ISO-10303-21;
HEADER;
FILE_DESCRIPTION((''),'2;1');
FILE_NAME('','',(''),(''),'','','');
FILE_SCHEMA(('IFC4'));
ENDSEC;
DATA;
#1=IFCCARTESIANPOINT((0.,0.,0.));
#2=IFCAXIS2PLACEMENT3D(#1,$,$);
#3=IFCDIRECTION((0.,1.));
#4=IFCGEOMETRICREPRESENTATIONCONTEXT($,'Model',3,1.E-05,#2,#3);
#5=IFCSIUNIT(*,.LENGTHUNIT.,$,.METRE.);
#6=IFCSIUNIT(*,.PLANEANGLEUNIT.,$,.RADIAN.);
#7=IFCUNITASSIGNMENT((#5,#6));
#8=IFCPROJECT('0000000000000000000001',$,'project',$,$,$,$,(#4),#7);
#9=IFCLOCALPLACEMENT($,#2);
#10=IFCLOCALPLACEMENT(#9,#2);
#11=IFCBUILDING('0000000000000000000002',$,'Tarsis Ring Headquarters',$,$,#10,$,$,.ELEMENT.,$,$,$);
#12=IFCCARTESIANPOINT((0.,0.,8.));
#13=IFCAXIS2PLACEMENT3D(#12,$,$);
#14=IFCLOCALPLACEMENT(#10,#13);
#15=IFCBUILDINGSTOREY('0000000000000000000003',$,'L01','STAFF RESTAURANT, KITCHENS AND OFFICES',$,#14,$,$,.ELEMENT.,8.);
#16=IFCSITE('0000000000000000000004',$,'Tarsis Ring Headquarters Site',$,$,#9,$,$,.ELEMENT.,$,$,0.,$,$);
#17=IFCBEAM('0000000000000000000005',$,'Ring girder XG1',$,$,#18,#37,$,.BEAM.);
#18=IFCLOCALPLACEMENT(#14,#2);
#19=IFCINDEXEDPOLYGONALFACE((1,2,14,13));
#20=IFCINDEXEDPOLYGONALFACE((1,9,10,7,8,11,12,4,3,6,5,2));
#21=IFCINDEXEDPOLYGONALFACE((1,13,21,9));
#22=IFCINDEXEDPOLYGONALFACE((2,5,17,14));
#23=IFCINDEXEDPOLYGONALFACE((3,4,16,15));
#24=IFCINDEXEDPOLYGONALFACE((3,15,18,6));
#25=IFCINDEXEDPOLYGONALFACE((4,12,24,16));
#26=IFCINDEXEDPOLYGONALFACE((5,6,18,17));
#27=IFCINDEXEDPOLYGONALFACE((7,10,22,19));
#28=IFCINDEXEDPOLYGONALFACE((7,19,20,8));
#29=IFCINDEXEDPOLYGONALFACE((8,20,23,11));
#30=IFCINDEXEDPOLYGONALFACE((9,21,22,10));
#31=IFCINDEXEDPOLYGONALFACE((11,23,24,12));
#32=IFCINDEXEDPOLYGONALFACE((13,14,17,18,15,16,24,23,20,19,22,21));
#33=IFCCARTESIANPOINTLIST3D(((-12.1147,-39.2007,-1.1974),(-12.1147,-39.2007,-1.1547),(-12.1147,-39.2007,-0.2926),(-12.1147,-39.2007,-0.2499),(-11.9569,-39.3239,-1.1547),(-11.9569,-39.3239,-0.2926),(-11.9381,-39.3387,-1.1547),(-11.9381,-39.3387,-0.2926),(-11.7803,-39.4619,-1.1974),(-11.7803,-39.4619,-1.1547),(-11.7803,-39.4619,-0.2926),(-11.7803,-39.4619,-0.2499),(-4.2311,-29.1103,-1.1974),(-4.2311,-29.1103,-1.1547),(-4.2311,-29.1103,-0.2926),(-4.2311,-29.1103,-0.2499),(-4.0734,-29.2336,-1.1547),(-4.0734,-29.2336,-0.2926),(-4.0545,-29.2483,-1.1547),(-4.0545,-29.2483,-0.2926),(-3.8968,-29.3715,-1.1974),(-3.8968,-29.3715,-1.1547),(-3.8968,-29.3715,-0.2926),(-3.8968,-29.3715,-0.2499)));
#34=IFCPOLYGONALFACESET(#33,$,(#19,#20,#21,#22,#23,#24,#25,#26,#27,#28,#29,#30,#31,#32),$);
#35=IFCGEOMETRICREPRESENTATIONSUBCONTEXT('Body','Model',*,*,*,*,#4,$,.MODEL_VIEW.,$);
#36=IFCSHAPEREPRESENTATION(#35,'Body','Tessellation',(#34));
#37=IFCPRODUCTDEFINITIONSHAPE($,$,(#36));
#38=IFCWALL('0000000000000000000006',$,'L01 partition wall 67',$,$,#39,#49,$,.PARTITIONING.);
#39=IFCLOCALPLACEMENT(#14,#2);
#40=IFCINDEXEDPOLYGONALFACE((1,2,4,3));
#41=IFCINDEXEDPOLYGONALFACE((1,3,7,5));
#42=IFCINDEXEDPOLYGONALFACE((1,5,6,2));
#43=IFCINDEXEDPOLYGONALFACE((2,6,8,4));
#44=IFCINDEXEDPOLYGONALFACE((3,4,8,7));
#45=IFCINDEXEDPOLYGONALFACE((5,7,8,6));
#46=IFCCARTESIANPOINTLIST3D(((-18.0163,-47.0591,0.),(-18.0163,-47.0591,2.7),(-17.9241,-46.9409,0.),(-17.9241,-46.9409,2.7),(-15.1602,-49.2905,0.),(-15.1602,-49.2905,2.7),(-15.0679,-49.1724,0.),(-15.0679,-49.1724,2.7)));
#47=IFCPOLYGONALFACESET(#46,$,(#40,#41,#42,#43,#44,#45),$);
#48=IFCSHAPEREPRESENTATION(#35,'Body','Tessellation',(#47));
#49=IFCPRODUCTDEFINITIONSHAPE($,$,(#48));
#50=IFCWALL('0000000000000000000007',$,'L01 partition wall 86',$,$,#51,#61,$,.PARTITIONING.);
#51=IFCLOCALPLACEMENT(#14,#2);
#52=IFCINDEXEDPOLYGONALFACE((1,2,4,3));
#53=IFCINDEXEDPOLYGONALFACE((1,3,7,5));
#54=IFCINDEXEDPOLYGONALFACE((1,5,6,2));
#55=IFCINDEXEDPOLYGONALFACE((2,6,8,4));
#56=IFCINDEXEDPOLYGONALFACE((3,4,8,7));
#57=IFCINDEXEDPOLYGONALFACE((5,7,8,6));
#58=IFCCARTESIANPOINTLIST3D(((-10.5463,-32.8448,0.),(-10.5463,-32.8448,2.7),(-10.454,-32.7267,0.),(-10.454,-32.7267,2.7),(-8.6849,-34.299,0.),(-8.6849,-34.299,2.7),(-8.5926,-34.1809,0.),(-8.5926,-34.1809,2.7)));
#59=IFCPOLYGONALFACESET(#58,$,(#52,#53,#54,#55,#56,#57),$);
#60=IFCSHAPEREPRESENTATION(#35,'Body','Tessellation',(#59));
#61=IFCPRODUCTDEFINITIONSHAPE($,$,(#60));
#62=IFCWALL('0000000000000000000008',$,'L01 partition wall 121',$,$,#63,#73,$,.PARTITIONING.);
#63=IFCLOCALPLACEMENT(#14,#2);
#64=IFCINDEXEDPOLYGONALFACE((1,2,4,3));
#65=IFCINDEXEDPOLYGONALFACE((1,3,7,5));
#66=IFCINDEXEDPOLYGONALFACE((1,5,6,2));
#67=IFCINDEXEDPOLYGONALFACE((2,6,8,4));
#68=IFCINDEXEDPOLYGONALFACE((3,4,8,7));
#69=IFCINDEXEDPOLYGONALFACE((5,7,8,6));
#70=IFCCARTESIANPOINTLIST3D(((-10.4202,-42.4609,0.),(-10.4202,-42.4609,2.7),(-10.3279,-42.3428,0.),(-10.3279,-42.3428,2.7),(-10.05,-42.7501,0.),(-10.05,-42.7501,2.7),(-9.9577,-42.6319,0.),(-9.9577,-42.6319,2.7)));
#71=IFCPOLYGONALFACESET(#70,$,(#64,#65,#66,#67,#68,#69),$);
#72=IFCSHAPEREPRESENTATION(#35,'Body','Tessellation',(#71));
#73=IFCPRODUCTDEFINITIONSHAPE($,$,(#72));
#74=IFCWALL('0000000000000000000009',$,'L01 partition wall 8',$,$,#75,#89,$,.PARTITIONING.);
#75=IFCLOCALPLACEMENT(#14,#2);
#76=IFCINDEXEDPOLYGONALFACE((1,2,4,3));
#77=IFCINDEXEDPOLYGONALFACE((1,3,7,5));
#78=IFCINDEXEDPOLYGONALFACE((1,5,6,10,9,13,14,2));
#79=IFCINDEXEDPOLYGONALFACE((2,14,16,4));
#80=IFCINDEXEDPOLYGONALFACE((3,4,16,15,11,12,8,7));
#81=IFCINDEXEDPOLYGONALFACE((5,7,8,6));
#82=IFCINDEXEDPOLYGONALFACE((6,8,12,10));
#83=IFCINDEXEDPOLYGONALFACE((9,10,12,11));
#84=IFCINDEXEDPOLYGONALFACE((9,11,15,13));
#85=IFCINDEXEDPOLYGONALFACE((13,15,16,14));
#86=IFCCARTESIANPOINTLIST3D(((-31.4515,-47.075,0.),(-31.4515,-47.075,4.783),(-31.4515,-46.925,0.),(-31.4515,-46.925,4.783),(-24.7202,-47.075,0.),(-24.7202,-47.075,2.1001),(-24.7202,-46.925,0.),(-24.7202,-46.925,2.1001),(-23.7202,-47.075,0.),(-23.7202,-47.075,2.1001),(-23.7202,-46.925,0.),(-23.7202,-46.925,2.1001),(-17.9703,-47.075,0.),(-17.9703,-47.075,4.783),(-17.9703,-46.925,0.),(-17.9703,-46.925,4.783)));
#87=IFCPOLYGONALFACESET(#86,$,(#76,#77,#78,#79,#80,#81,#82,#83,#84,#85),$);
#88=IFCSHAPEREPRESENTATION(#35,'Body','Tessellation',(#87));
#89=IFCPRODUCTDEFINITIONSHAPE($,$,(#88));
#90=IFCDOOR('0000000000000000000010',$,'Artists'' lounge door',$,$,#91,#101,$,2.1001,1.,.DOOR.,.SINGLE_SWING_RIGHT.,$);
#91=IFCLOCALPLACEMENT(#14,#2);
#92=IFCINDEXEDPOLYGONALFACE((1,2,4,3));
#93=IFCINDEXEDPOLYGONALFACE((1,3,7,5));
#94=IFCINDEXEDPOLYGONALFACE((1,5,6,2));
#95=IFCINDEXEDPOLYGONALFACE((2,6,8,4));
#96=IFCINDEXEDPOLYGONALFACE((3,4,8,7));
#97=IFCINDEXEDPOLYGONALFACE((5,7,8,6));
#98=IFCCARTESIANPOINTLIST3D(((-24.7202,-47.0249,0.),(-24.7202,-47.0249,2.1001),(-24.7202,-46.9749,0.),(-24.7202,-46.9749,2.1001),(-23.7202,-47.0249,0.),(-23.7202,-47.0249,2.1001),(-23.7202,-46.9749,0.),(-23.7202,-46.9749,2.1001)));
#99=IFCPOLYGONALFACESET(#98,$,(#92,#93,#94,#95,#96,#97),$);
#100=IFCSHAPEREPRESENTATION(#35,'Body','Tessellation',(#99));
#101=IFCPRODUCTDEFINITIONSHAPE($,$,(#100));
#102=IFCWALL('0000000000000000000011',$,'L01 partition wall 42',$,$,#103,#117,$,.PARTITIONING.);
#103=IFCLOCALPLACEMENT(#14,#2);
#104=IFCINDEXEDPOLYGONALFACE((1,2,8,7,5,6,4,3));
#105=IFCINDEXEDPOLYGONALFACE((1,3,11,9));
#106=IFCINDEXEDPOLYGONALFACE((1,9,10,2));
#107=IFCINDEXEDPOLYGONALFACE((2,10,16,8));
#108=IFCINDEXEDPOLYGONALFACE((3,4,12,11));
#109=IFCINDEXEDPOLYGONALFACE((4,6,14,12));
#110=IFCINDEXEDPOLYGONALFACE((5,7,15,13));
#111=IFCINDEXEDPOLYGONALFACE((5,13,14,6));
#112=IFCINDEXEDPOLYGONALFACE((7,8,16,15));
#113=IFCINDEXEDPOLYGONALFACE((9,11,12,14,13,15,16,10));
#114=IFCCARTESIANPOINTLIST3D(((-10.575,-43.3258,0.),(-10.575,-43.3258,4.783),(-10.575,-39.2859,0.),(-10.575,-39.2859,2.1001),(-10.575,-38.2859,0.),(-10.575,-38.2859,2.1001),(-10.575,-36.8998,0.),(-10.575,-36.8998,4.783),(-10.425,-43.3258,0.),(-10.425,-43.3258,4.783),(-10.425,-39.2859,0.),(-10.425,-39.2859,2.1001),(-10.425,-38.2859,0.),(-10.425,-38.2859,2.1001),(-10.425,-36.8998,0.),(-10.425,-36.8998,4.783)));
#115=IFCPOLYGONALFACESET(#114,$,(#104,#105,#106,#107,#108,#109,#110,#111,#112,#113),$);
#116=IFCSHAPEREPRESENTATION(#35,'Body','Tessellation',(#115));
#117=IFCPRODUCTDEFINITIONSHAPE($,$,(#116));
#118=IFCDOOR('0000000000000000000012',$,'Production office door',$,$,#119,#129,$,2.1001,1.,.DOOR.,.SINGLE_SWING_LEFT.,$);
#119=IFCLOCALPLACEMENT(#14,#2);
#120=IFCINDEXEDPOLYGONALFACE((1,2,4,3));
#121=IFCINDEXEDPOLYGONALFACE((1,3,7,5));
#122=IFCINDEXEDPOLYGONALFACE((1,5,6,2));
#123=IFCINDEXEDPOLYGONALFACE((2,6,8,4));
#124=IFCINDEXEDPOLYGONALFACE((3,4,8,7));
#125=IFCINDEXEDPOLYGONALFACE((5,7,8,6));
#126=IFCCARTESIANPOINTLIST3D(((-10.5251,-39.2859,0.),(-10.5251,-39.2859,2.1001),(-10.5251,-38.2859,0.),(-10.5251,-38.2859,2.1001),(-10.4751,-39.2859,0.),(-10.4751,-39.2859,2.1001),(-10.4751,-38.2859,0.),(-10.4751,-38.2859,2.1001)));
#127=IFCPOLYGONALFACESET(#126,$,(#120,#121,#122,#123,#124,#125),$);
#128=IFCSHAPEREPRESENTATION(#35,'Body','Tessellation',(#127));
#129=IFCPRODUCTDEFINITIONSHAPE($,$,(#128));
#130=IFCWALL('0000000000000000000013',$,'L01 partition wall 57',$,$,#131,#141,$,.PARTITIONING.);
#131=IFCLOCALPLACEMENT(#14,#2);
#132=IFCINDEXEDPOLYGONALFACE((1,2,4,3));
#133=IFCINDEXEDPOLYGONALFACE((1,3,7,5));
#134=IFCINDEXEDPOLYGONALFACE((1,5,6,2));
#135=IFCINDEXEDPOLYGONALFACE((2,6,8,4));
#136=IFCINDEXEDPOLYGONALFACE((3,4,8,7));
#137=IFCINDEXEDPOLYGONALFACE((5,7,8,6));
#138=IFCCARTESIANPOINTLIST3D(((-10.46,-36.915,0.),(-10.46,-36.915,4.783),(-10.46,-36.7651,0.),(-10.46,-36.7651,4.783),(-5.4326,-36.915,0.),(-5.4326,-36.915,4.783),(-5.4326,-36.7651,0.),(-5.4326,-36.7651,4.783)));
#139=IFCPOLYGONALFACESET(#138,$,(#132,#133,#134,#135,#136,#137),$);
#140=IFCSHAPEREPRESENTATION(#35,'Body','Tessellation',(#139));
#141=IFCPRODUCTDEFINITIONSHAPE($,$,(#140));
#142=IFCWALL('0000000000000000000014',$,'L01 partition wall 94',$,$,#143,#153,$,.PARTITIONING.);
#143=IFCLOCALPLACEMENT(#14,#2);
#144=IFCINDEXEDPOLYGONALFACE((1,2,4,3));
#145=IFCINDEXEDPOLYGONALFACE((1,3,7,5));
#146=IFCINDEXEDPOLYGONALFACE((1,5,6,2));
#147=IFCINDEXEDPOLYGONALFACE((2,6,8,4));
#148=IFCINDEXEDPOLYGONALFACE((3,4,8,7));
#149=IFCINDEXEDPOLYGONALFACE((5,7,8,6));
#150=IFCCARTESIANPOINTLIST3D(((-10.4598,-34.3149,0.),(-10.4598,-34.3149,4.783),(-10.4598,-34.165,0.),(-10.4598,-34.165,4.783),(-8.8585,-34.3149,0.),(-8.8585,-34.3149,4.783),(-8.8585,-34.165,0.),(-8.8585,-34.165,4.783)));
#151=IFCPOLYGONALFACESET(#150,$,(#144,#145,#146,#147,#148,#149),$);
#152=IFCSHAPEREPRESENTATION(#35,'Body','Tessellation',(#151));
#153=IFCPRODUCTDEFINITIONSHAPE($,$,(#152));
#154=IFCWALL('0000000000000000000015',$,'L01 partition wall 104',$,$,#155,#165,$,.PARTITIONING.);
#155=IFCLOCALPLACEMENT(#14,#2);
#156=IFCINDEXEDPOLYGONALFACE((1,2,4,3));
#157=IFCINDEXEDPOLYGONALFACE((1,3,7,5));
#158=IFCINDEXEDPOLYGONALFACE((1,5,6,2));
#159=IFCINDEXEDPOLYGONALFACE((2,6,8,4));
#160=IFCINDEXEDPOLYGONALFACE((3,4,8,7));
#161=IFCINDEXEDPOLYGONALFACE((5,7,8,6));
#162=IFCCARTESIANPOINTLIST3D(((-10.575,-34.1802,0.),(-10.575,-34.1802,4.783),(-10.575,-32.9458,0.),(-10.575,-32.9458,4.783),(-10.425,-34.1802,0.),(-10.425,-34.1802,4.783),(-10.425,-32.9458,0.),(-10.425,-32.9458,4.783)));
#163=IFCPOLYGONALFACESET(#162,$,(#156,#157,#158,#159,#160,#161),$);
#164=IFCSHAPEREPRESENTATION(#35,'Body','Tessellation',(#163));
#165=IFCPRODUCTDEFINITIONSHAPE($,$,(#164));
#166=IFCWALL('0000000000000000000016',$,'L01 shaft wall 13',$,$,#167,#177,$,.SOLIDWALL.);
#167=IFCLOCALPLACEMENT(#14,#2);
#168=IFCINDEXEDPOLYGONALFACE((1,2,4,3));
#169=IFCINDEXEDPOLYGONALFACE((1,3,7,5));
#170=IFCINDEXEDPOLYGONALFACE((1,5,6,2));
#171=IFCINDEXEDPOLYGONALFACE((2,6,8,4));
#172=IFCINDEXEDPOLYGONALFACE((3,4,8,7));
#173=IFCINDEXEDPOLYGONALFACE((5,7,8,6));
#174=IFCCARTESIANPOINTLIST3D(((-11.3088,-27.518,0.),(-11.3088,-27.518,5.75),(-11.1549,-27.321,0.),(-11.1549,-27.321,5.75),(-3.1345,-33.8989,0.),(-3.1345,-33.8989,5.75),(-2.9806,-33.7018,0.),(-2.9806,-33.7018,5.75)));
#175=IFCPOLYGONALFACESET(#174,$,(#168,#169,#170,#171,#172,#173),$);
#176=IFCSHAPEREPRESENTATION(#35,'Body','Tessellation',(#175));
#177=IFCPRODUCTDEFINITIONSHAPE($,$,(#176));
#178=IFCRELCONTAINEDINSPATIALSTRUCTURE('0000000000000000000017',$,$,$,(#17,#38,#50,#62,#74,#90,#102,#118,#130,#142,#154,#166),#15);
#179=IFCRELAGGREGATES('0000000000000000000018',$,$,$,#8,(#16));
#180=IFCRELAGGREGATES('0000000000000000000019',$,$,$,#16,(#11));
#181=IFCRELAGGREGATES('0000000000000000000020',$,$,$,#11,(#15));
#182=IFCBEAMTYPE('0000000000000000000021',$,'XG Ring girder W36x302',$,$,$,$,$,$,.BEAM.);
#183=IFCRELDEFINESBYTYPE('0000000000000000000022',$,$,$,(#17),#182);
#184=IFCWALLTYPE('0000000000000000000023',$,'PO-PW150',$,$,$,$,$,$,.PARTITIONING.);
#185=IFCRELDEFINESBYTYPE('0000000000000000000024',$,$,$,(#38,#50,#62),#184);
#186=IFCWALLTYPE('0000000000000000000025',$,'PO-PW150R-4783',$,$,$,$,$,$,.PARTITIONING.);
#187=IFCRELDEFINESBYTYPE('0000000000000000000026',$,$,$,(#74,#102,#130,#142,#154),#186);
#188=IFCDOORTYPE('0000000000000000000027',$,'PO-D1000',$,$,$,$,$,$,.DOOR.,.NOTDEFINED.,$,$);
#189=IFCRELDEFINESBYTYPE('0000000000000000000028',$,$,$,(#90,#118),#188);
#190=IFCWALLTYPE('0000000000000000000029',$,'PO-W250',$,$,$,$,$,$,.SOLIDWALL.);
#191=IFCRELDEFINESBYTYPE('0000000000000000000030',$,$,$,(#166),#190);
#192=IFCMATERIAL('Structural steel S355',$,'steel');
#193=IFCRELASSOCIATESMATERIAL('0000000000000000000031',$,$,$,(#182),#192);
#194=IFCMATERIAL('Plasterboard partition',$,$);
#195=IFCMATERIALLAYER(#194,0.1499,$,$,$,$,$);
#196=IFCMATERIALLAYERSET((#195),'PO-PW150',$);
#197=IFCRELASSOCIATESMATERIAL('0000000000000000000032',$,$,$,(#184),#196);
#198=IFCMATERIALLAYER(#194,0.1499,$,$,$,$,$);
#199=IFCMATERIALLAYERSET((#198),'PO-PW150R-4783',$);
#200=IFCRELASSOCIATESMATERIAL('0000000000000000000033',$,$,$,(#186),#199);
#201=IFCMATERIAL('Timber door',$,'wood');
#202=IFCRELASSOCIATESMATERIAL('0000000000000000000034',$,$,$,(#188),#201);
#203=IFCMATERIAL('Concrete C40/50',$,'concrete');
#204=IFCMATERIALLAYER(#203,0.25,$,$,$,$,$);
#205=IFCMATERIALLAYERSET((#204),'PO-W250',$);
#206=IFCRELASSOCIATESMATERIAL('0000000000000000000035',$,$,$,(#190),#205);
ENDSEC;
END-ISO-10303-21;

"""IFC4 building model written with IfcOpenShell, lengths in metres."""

from ifc_helpers import new_model, si_unit, direction, frame, frame_2d, origin, origin_2d, place, context, subcontext, project, spatial, rectangle, i_section, extrude, material, layer, layer_set, material_profile, profile_set, type_object, element, fill, save


model = new_model("IFC4")

# Units and contexts
model_context = context("Model", 3, precision=1e-05, world=origin(), true_north=direction((0.0, 1.0)))
body_context = subcontext(model_context, "Body", "Model", "MODEL_VIEW")
ifc_project = project(units=[si_unit("LENGTHUNIT", "METRE"), si_unit("PLANEANGLEUNIT", "RADIAN")], contexts=[model_context])

# Site, building, storey
site_placement = place(None, origin())
site = spatial("IfcSite", under=ifc_project, at=site_placement, Name="Tarsis Ring Headquarters Site", CompositionType="ELEMENT", RefElevation=0.0)
building_placement = place(site_placement, origin())
building = spatial("IfcBuilding", under=site, at=building_placement, Name="Tarsis Ring Headquarters", CompositionType="ELEMENT")
storey_placement = place(building_placement, frame((0.0, 0.0, 8.0)))
storey = spatial("IfcBuildingStorey", under=building, at=storey_placement, Name="L01", Description="STAFF RESTAURANT, KITCHENS AND OFFICES", CompositionType="ELEMENT", Elevation=8.0)

# Beam
ifc_material_1 = material(Name="Concrete C40/50", Category="concrete")
ifc_material_2 = material(Name="Structural steel S355", Category="steel")
ifc_material_profile_1 = material_profile(ifc_material_2, i_section(OverallWidth=0.4243, OverallDepth=0.9475, WebThickness=0.0239, FlangeThickness=0.0427, at=origin_2d()), Name="W36x302")
ifc_profile_set_1 = profile_set([ifc_material_profile_1], Name="Structural steel S355")
beam_type_1 = type_object("IfcBeamType", Name="XG Ring girder W36x302", PredefinedType="BEAM", material=ifc_profile_set_1)
beam_1_placement = place(storey_placement, frame((-11.9475, -39.3313, -0.7236), z_axis=(0.615667, 0.788006, 0.0), x_axis=(-0.788006, 0.615667, 0.0)))
element("IfcBeam", 1, at=beam_1_placement, inside=storey, type_object=beam_type_1, Name="Ring girder XG1", PredefinedType="BEAM", context=body_context, shape_type="SweptSolid", body=[
    extrude(i_section(OverallWidth=0.4243, OverallDepth=0.9475, WebThickness=0.0239, FlangeThickness=0.0427, at=origin_2d()), origin(), (0.0, 0.0, 1.0), 12.8049),
])

# Walls
ifc_material_3 = material(Name="Plasterboard partition")
ifc_layer_1 = layer(ifc_material_3, 0.1499)
ifc_layer_set_1 = layer_set([ifc_layer_1], Name="PO-PW150")
wall_type_1 = type_object("IfcWallType", Name="PO-PW150", PredefinedType="PARTITIONING", material=ifc_layer_set_1)
wall_1_placement = place(storey_placement, frame((-15.114, -49.2314, 0.0), z_axis=(0.0, 0.0, 1.0), x_axis=(-0.788019, 0.615651, 0.0)))
element("IfcWall", 2, at=wall_1_placement, inside=storey, type_object=wall_type_1, Name="L01 partition wall 67", PredefinedType="PARTITIONING", context=body_context, shape_type="SweptSolid", body=[
    extrude(rectangle(XDim=3.6245, YDim=0.1499, at=frame_2d((1.8123, 0.0))), origin(), (0.0, 0.0, 1.0), 2.7),
])
wall_2_placement = place(storey_placement, frame((-8.6387, -34.24, 0.0), z_axis=(0.0, 0.0, 1.0), x_axis=(-0.788037, 0.615628, 0.0)))
element("IfcWall", 3, at=wall_2_placement, inside=storey, type_object=wall_type_1, Name="L01 partition wall 86", PredefinedType="PARTITIONING", context=body_context, shape_type="SweptSolid", body=[
    extrude(rectangle(XDim=2.3621, YDim=0.1499, at=frame_2d((1.1812, 0.0))), origin(), (0.0, 0.0, 1.0), 2.7),
])
wall_3_placement = place(storey_placement, frame((-10.374, -42.4019, 0.0), z_axis=(0.0, 0.0, 1.0), x_axis=(0.788119, -0.615523, 0.0)))
element("IfcWall", 4, at=wall_3_placement, inside=storey, type_object=wall_type_1, Name="L01 partition wall 121", PredefinedType="PARTITIONING", context=body_context, shape_type="SweptSolid", body=[
    extrude(rectangle(XDim=0.4697, YDim=0.1499, at=frame_2d((0.2349, 0.0))), origin(), (0.0, 0.0, 1.0), 2.7),
])

# Walls, openings, doors
ifc_layer_2 = layer(ifc_material_3, 0.1499)
ifc_layer_set_2 = layer_set([ifc_layer_2], Name="PO-PW150R-4783")
wall_type_2 = type_object("IfcWallType", Name="PO-PW150R-4783", PredefinedType="PARTITIONING", material=ifc_layer_set_2)
wall_4_placement = place(storey_placement, frame((-17.9702, -47.0, 0.0), z_axis=(0.0, 0.0, 1.0), x_axis=(-1.0, 0.0, 0.0)))
wall_4 = element("IfcWall", 5, at=wall_4_placement, inside=storey, type_object=wall_type_2, Name="L01 partition wall 8", PredefinedType="PARTITIONING", context=body_context, shape_type="SweptSolid", body=[
    extrude(rectangle(XDim=13.4812, YDim=0.1499, at=frame_2d((6.7407, 0.0))), origin(), (0.0, 0.0, 1.0), 4.783),
])
opening_1_placement = place(wall_4_placement, frame((5.75, 0.0, 0.0)))
opening_1 = element("IfcOpeningElement", 6, at=opening_1_placement, cuts=wall_4, PredefinedType="OPENING", context=body_context, shape_type="SweptSolid", body=[
    extrude(rectangle(XDim=1.0, YDim=2.1001, at=frame_2d((0.5, 1.05))), frame((0.0, 0.085, 0.0), z_axis=(0.0, -1.0, 0.0), x_axis=(1.0, 0.0, 0.0)), (0.0, 0.0, 1.0), 0.1699),
])
ifc_material_4 = material(Name="Timber door", Category="wood")
door_type = type_object("IfcDoorType", Name="PO-D1000", OperationType="NOTDEFINED", PredefinedType="DOOR", material=ifc_material_4)
door_1_placement = place(opening_1_placement, origin())
door_1 = element("IfcDoor", 7, at=door_1_placement, inside=storey, type_object=door_type, Name="Artists' lounge door", OperationType="SINGLE_SWING_RIGHT", OverallHeight=2.1001, OverallWidth=1.0, PredefinedType="DOOR", context=body_context, shape_type="SweptSolid", body=[
    extrude(rectangle(XDim=1.0, YDim=2.1001, at=frame_2d((0.5, 1.05))), frame((0.0, 0.0249, 0.0), z_axis=(0.0, -1.0, 0.0), x_axis=(1.0, 0.0, 0.0)), (0.0, 0.0, 1.0), 0.05),
])
fill(opening_1, door_1)
wall_5_placement = place(storey_placement, frame((-10.5, -36.8999, 0.0), z_axis=(0.0, 0.0, 1.0), x_axis=(0.0, -1.0, 0.0)))
wall_5 = element("IfcWall", 8, at=wall_5_placement, inside=storey, type_object=wall_type_2, Name="L01 partition wall 42", PredefinedType="PARTITIONING", context=body_context, shape_type="SweptSolid", body=[
    extrude(rectangle(XDim=6.426, YDim=0.1499, at=frame_2d((3.2129, 0.0))), origin(), (0.0, 0.0, 1.0), 4.783),
])
opening_2_placement = place(wall_5_placement, frame((1.386, 0.0, 0.0)))
opening_2 = element("IfcOpeningElement", 9, at=opening_2_placement, cuts=wall_5, PredefinedType="OPENING", context=body_context, shape_type="SweptSolid", body=[
    extrude(rectangle(XDim=1.0, YDim=2.1001, at=frame_2d((0.5, 1.05))), frame((0.0, 0.085, 0.0), z_axis=(0.0, -1.0, 0.0), x_axis=(1.0, 0.0, 0.0)), (0.0, 0.0, 1.0), 0.1699),
])
door_2_placement = place(opening_2_placement, origin())
door_2 = element("IfcDoor", 10, at=door_2_placement, inside=storey, type_object=door_type, Name="Production office door", OperationType="SINGLE_SWING_LEFT", OverallHeight=2.1001, OverallWidth=1.0, PredefinedType="DOOR", context=body_context, shape_type="SweptSolid", body=[
    extrude(rectangle(XDim=1.0, YDim=2.1001, at=frame_2d((0.5, 1.05))), frame((0.0, 0.0249, 0.0), z_axis=(0.0, -1.0, 0.0), x_axis=(1.0, 0.0, 0.0)), (0.0, 0.0, 1.0), 0.05),
])
fill(opening_2, door_2)

# Walls
wall_6_placement = place(storey_placement, frame((-5.4326, -36.8401, 0.0), z_axis=(0.0, 0.0, 1.0), x_axis=(-1.0, 0.0, 0.0)))
element("IfcWall", 11, at=wall_6_placement, inside=storey, type_object=wall_type_2, Name="L01 partition wall 57", PredefinedType="PARTITIONING", context=body_context, shape_type="SweptSolid", body=[
    extrude(rectangle(XDim=5.0273, YDim=0.1499, at=frame_2d((2.5137, 0.0))), origin(), (0.0, 0.0, 1.0), 4.783),
])
wall_7_placement = place(storey_placement, frame((-10.46, -34.24, 0.0), z_axis=(0.0, 0.0, 1.0), x_axis=(1.0, 0.0, 0.0)))
element("IfcWall", 12, at=wall_7_placement, inside=storey, type_object=wall_type_2, Name="L01 partition wall 94", PredefinedType="PARTITIONING", context=body_context, shape_type="SweptSolid", body=[
    extrude(rectangle(XDim=1.6013, YDim=0.1499, at=frame_2d((0.8008, 0.0))), origin(), (0.0, 0.0, 1.0), 4.783),
])
wall_8_placement = place(storey_placement, frame((-10.5, -32.9458, 0.0), z_axis=(0.0, 0.0, 1.0), x_axis=(0.0, -1.0, 0.0)))
element("IfcWall", 13, at=wall_8_placement, inside=storey, type_object=wall_type_2, Name="L01 partition wall 104", PredefinedType="PARTITIONING", context=body_context, shape_type="SweptSolid", body=[
    extrude(rectangle(XDim=1.2344, YDim=0.1499, at=frame_2d((0.6172, 0.0))), origin(), (0.0, 0.0, 1.0), 4.783),
])
ifc_layer_3 = layer(ifc_material_1, 0.25)
ifc_layer_set_3 = layer_set([ifc_layer_3], Name="PO-W250")
wall_type_3 = type_object("IfcWallType", Name="PO-W250", PredefinedType="SOLIDWALL", material=ifc_layer_set_3)
wall_9_placement = place(storey_placement, frame((-11.2319, -27.4194, 0.0), z_axis=(0.0, 0.0, 1.0), x_axis=(0.788273, -0.615325, 0.0)))
element("IfcWall", 14, at=wall_9_placement, inside=storey, type_object=wall_type_3, Name="L01 shaft wall 13", PredefinedType="SOLIDWALL", context=body_context, shape_type="SweptSolid", body=[
    extrude(rectangle(XDim=10.3699, YDim=0.25, at=frame_2d((5.1851, 0.0))), origin(), (0.0, 0.0, 1.0), 5.75),
])

save(model, "model.ifc")
